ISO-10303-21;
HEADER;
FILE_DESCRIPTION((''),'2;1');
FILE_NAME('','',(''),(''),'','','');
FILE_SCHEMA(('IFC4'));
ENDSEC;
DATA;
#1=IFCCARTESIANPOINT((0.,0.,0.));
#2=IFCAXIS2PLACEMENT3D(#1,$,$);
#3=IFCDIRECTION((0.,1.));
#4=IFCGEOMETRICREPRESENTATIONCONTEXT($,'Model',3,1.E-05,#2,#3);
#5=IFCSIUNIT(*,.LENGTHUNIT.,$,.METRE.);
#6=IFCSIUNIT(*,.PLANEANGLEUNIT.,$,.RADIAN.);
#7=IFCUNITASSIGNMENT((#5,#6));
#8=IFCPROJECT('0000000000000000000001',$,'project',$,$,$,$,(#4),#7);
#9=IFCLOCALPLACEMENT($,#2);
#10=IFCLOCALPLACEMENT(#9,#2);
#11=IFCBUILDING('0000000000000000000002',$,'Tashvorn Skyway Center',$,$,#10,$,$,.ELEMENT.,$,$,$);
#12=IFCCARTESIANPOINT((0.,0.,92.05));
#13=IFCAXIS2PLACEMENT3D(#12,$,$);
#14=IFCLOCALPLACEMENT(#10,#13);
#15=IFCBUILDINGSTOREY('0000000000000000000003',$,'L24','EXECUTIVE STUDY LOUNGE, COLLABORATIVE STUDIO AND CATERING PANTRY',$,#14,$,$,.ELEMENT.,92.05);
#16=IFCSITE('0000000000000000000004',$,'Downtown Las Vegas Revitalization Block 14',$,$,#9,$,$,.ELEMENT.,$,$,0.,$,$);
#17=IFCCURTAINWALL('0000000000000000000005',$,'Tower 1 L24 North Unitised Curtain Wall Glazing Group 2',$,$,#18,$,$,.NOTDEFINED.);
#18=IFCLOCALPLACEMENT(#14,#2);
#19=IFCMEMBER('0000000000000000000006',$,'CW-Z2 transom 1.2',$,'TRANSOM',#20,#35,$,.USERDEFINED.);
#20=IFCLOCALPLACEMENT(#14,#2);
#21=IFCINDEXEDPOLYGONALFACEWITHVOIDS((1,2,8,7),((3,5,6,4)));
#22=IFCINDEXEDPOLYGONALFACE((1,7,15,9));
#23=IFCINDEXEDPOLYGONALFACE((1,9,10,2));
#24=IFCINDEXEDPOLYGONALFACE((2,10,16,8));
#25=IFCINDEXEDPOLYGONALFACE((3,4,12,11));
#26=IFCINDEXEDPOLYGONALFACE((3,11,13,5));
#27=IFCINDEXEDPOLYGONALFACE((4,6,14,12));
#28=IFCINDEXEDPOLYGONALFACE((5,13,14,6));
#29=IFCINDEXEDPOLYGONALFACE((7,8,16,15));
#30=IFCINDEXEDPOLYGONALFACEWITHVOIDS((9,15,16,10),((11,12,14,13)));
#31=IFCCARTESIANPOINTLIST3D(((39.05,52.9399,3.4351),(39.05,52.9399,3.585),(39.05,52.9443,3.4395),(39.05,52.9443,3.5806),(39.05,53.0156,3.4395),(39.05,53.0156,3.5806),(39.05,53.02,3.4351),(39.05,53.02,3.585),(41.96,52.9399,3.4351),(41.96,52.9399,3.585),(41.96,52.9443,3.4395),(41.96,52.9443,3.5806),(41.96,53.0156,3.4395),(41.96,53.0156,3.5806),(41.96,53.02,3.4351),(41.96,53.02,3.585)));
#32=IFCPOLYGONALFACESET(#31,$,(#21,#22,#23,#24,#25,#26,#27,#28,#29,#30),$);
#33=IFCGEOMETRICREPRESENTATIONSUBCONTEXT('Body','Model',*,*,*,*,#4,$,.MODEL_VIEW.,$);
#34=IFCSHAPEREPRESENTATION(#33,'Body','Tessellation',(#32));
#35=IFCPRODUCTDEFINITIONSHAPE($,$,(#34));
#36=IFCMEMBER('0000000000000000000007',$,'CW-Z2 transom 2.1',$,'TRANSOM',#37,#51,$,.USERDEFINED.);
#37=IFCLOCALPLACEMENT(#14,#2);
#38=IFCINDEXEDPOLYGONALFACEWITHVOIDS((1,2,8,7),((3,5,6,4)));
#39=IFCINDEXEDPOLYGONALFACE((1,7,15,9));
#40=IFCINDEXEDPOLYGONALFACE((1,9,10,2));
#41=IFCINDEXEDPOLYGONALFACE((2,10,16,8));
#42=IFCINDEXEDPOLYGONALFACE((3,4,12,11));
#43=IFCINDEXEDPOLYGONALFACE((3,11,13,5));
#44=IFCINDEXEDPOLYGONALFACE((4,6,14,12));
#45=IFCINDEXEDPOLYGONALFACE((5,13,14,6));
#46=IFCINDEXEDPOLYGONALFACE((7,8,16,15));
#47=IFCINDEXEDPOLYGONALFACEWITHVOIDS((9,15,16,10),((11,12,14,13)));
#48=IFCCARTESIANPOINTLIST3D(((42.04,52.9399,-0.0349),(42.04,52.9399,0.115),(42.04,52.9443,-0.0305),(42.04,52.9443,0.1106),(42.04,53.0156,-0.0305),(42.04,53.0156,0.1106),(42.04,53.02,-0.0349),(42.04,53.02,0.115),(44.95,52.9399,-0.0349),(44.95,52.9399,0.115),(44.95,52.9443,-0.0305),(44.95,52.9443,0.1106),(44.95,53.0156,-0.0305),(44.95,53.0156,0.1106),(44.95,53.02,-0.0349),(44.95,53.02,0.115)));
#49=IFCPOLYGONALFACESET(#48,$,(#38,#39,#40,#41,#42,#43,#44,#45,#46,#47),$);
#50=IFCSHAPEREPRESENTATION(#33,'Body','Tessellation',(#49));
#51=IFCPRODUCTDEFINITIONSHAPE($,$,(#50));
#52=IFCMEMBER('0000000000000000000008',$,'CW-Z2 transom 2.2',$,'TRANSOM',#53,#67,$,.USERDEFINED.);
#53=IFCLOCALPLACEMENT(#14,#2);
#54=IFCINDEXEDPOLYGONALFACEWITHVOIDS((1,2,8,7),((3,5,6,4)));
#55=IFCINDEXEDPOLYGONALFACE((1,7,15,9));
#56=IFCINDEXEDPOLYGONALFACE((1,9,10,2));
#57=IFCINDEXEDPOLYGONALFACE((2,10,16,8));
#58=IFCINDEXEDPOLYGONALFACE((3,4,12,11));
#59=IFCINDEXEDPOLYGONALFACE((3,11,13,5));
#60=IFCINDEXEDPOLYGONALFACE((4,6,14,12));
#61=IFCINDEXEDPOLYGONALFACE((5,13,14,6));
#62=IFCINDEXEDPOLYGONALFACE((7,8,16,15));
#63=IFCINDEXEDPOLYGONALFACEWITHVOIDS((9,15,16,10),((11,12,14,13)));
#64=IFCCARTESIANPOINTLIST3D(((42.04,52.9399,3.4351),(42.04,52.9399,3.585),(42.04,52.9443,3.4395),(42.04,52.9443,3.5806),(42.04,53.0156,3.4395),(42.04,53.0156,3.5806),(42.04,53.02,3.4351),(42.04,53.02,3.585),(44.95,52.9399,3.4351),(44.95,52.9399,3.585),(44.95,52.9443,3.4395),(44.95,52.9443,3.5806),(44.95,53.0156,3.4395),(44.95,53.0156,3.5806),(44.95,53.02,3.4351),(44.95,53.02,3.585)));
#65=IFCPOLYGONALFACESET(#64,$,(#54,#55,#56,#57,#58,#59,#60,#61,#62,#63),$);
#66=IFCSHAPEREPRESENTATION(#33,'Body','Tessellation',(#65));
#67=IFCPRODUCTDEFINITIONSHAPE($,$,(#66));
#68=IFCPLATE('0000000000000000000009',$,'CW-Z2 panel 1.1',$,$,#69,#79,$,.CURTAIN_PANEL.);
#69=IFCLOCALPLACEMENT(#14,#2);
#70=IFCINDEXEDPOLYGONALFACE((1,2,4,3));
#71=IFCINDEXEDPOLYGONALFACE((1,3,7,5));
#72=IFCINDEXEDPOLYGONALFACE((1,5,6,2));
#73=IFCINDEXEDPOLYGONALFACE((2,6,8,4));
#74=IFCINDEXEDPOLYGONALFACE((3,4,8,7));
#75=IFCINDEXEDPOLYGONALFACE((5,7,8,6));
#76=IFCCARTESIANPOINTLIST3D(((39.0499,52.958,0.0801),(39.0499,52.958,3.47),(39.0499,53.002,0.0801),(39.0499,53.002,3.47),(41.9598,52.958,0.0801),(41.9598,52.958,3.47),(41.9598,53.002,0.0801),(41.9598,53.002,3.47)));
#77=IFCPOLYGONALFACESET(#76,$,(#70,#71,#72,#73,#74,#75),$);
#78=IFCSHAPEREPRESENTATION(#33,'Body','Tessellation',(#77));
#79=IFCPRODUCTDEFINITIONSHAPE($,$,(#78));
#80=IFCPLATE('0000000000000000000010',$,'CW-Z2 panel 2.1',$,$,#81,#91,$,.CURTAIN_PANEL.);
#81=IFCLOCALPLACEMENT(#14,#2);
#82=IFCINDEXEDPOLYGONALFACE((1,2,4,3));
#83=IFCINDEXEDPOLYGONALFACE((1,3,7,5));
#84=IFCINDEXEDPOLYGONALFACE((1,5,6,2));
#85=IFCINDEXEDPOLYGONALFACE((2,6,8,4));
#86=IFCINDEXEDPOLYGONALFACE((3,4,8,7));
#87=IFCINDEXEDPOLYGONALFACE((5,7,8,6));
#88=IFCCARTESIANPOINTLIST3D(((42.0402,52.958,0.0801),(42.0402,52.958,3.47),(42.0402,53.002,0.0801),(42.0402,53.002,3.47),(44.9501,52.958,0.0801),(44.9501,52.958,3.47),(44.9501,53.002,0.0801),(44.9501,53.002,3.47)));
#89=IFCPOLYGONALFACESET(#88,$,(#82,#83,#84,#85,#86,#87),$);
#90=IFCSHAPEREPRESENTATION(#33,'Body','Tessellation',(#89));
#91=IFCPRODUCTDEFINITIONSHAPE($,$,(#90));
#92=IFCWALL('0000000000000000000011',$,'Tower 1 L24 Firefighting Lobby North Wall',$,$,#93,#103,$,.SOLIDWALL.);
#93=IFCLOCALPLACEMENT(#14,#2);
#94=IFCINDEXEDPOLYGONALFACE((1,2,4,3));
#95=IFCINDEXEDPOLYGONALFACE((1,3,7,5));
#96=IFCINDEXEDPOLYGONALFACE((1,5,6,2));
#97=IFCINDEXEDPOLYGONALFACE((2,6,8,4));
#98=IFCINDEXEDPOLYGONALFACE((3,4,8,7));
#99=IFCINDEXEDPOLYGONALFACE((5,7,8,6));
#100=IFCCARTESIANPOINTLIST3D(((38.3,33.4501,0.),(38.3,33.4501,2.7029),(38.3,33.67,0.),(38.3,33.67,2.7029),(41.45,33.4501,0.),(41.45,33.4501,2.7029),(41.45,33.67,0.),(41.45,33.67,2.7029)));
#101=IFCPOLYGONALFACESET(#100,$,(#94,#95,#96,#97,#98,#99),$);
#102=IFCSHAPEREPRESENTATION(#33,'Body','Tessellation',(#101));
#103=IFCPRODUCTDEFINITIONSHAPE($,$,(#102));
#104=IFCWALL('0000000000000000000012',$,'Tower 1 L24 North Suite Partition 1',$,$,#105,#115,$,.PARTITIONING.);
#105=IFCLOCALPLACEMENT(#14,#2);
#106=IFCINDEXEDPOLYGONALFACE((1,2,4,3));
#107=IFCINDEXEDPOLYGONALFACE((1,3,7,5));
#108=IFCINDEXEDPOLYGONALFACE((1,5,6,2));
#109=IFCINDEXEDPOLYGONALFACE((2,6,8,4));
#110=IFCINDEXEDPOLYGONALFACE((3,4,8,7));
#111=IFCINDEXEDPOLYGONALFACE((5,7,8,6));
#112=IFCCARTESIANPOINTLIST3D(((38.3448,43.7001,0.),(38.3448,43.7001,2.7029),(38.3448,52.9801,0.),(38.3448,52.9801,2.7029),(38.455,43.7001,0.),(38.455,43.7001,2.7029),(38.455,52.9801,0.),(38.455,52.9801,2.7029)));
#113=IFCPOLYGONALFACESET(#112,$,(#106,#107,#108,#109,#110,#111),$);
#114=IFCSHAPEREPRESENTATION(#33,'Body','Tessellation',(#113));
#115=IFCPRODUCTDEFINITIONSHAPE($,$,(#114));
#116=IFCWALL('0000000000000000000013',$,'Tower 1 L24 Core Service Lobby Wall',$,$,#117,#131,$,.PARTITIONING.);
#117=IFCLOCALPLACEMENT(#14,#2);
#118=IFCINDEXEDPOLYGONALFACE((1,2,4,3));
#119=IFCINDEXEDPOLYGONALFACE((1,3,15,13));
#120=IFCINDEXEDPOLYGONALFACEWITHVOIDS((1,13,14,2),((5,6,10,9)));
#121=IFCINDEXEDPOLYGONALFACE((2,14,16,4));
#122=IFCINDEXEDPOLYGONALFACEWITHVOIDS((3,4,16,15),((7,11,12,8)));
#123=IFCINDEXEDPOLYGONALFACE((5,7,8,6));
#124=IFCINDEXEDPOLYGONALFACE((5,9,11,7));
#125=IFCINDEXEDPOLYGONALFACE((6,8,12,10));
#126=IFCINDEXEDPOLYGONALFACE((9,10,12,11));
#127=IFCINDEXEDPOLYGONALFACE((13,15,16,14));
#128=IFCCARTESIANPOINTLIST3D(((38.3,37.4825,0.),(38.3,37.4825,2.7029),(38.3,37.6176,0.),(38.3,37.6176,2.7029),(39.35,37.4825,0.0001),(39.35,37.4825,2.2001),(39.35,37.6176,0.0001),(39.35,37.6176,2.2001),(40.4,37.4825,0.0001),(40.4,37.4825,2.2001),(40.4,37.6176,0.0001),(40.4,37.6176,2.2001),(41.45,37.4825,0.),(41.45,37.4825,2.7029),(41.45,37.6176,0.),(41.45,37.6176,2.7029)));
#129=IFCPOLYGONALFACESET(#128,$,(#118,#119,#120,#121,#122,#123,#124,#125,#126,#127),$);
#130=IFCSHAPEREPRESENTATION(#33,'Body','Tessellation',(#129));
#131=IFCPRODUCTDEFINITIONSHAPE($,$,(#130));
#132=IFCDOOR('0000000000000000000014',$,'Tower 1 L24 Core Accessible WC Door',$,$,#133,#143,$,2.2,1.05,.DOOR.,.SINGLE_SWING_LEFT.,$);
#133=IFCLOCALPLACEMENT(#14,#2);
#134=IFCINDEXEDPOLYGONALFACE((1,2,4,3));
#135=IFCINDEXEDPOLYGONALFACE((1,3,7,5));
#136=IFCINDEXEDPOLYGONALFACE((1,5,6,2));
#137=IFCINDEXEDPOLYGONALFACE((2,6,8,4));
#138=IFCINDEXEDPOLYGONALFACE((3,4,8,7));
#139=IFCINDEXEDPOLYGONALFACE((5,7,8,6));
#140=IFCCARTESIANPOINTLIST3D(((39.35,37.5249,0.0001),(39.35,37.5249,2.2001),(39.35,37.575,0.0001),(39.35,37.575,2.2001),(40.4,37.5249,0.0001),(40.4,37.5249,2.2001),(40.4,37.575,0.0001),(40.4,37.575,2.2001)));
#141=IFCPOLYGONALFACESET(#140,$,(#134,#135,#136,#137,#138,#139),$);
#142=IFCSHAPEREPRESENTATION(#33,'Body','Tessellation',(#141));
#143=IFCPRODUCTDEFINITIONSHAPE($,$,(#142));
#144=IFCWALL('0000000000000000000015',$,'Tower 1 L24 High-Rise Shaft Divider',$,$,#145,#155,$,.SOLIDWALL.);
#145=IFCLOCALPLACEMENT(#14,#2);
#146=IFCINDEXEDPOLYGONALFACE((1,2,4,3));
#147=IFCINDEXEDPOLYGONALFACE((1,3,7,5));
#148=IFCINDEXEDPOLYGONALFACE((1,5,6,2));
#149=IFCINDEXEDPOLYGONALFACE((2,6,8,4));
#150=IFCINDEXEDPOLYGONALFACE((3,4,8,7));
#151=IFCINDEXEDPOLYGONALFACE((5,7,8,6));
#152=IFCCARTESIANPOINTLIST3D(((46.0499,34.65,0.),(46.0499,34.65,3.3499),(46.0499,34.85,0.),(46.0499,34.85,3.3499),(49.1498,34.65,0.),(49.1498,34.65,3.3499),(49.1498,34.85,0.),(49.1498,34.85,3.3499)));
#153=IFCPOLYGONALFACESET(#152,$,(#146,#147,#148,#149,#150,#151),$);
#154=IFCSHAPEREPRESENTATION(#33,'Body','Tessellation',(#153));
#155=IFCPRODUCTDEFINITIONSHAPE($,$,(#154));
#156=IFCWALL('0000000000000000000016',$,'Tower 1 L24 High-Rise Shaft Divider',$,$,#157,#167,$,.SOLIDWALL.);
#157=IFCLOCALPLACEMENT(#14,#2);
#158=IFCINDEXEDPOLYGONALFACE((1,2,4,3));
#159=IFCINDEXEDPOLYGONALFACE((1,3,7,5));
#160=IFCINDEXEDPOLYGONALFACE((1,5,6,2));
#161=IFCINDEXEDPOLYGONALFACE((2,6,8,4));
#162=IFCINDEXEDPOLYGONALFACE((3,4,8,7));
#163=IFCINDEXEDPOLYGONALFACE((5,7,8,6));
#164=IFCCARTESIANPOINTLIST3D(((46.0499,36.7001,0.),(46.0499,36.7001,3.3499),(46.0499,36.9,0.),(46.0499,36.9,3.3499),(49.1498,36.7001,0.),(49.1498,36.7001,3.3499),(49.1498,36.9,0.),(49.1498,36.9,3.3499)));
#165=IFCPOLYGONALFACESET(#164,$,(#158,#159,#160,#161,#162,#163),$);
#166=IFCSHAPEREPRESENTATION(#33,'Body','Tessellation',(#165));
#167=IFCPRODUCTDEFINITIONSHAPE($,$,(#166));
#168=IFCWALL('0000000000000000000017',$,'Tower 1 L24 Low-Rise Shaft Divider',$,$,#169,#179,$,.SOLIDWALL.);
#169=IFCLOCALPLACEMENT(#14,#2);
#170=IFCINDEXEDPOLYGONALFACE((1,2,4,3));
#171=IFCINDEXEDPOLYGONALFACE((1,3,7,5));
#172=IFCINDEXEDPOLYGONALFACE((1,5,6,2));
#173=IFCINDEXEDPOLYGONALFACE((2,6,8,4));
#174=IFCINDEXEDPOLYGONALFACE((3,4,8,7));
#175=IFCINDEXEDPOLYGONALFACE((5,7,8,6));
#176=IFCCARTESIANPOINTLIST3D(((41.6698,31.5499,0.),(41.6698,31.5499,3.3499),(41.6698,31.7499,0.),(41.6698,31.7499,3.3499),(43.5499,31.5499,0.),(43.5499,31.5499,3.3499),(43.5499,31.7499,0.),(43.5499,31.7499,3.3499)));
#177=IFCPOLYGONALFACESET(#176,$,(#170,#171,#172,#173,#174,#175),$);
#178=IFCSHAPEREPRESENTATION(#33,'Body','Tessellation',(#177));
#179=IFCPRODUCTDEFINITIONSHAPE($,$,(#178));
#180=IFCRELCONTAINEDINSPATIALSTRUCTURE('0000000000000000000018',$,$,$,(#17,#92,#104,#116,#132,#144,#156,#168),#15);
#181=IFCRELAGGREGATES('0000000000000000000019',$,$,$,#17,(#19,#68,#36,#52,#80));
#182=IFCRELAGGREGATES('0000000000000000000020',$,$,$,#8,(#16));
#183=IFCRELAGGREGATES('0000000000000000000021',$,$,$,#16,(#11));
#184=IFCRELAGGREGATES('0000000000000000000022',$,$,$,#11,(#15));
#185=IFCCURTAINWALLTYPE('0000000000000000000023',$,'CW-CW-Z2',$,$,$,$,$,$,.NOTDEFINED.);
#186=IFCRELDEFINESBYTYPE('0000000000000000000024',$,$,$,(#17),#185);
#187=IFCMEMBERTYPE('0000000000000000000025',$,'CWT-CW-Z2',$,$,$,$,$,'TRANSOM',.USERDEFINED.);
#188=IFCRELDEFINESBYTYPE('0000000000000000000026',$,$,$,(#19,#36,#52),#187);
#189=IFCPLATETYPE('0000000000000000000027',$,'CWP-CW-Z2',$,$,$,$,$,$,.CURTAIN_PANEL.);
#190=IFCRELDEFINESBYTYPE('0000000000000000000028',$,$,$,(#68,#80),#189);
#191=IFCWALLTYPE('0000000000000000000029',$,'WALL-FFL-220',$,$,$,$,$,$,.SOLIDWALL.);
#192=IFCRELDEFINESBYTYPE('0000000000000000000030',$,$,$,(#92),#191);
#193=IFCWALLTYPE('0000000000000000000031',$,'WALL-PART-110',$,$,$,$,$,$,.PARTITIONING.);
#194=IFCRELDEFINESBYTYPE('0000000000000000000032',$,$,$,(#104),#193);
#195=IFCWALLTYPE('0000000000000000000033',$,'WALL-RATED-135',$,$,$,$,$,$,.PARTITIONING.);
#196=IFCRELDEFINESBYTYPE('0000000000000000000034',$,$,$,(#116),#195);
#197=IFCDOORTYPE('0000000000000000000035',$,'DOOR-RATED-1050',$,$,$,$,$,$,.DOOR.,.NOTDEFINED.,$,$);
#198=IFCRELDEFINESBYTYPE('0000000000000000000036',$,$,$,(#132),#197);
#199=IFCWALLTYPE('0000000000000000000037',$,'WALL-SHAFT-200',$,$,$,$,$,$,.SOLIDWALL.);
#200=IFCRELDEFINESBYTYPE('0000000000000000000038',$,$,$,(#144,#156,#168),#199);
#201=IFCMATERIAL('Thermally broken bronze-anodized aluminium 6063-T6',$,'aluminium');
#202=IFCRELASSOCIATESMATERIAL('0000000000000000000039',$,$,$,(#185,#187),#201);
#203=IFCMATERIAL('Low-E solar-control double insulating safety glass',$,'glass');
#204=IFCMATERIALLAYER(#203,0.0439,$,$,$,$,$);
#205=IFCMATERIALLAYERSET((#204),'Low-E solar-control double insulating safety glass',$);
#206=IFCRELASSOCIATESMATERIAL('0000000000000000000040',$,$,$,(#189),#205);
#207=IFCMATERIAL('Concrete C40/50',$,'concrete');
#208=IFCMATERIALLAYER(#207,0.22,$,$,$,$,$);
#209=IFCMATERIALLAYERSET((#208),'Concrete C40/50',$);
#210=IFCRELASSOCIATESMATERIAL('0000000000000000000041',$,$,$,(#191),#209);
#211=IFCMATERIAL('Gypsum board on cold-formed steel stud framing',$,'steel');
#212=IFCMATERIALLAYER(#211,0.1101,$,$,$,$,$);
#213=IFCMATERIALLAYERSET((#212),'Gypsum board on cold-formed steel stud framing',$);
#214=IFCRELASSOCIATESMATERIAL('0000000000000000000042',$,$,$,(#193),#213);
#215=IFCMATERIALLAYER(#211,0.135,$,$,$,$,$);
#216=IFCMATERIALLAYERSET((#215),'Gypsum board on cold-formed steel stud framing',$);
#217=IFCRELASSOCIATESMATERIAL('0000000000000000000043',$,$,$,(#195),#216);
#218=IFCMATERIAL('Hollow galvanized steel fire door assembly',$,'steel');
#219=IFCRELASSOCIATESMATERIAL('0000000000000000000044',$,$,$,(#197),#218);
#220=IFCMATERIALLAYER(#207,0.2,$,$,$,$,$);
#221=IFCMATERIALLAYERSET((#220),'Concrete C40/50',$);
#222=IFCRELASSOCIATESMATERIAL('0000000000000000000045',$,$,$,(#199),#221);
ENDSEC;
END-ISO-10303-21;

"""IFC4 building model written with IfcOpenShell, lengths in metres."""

from ifc_helpers import new_model, si_unit, direction, frame, frame_2d, origin, origin_2d, place, context, subcontext, project, spatial, rectangle, hollow_rectangle, extrude, material, layer, layer_set, material_profile, profile_set, type_object, element, fill, aggregate, save


model = new_model("IFC4")

# Units and contexts
model_context = context("Model", 3, precision=1e-05, world=origin(), true_north=direction((0.0, 1.0)))
body_context = subcontext(model_context, "Body", "Model", "MODEL_VIEW")
ifc_project = project(units=[si_unit("LENGTHUNIT", "METRE"), si_unit("PLANEANGLEUNIT", "RADIAN")], contexts=[model_context])

# Site, building, storey
site_placement = place(None, origin())
site = spatial("IfcSite", under=ifc_project, at=site_placement, Name="Downtown Las Vegas Revitalization Block 14", CompositionType="ELEMENT", RefElevation=0.0)
building_placement = place(site_placement, origin())
building = spatial("IfcBuilding", under=site, at=building_placement, Name="Tashvorn Skyway Center", CompositionType="ELEMENT")
storey_placement = place(building_placement, frame((0.0, 0.0, 92.05)))
storey = spatial("IfcBuildingStorey", under=building, at=storey_placement, Name="L24", Description="EXECUTIVE STUDY LOUNGE, COLLABORATIVE STUDIO AND CATERING PANTRY", CompositionType="ELEMENT", Elevation=92.05)

# Curtain wall, members, plates
ifc_material_1 = material(Name="Thermally broken bronze-anodized aluminium 6063-T6", Category="aluminium")
curtain_wall_type = type_object("IfcCurtainWallType", Name="CW-CW-Z2", PredefinedType="NOTDEFINED", material=ifc_material_1)
curtain_wall_placement = place(storey_placement, origin())
curtain_wall = element("IfcCurtainWall", 1, at=curtain_wall_placement, inside=storey, type_object=curtain_wall_type, Name="Tower 1 L24 North Unitised Curtain Wall Glazing Group 2", PredefinedType="NOTDEFINED")
ifc_material_profile_1 = material_profile(ifc_material_1, hollow_rectangle(XDim=0.0801, YDim=0.1499, WallThickness=0.0044, at=origin_2d()), Name="ALU-TRAN-80x150")
ifc_profile_set_1 = profile_set([ifc_material_profile_1], Name="Thermally broken bronze-anodized aluminium 6063-T6")
member_type_1 = type_object("IfcMemberType", Name="CWT-CW-Z2", ElementType="TRANSOM", PredefinedType="USERDEFINED", material=ifc_profile_set_1)
member_1_placement = place(storey_placement, frame((39.05, 52.98, 3.51), z_axis=(1.0, 0.0, 0.0), x_axis=(0.0, 1.0, 0.0)))
member_1 = element("IfcMember", 2, at=member_1_placement, type_object=member_type_1, Name="CW-Z2 transom 1.2", ObjectType="TRANSOM", PredefinedType="USERDEFINED", context=body_context, shape_type="SweptSolid", body=[
    extrude(hollow_rectangle(XDim=0.0801, YDim=0.1499, WallThickness=0.0044, at=origin_2d()), origin(), (0.0, 0.0, 1.0), 2.9099),
])
member_2_placement = place(storey_placement, frame((42.04, 52.98, 0.04), z_axis=(1.0, 0.0, 0.0), x_axis=(0.0, 1.0, 0.0)))
member_2 = element("IfcMember", 3, at=member_2_placement, type_object=member_type_1, Name="CW-Z2 transom 2.1", ObjectType="TRANSOM", PredefinedType="USERDEFINED", context=body_context, shape_type="SweptSolid", body=[
    extrude(hollow_rectangle(XDim=0.0801, YDim=0.1499, WallThickness=0.0044, at=origin_2d()), origin(), (0.0, 0.0, 1.0), 2.9099),
])
member_3_placement = place(storey_placement, frame((42.04, 52.98, 3.51), z_axis=(1.0, 0.0, 0.0), x_axis=(0.0, 1.0, 0.0)))
member_3 = element("IfcMember", 4, at=member_3_placement, type_object=member_type_1, Name="CW-Z2 transom 2.2", ObjectType="TRANSOM", PredefinedType="USERDEFINED", context=body_context, shape_type="SweptSolid", body=[
    extrude(hollow_rectangle(XDim=0.0801, YDim=0.1499, WallThickness=0.0044, at=origin_2d()), origin(), (0.0, 0.0, 1.0), 2.9099),
])
ifc_material_2 = material(Name="Low-E solar-control double insulating safety glass", Category="glass")
ifc_layer_1 = layer(ifc_material_2, 0.0439)
ifc_layer_set_1 = layer_set([ifc_layer_1], Name="Low-E solar-control double insulating safety glass")
plate_type = type_object("IfcPlateType", Name="CWP-CW-Z2", PredefinedType="CURTAIN_PANEL", material=ifc_layer_set_1)
plate_1_placement = place(storey_placement, frame((40.5049, 52.98, 0.0801), z_axis=(0.0, 0.0, 1.0), x_axis=(1.0, 0.0, 0.0)))
plate_1 = element("IfcPlate", 5, at=plate_1_placement, type_object=plate_type, Name="CW-Z2 panel 1.1", PredefinedType="CURTAIN_PANEL", context=body_context, shape_type="SweptSolid", body=[
    extrude(rectangle(XDim=2.9099, YDim=0.0439, at=origin_2d()), origin(), (0.0, 0.0, 1.0), 3.3899),
])
plate_2_placement = place(storey_placement, frame((43.4951, 52.98, 0.0801), z_axis=(0.0, 0.0, 1.0), x_axis=(1.0, 0.0, 0.0)))
plate_2 = element("IfcPlate", 6, at=plate_2_placement, type_object=plate_type, Name="CW-Z2 panel 2.1", PredefinedType="CURTAIN_PANEL", context=body_context, shape_type="SweptSolid", body=[
    extrude(rectangle(XDim=2.9099, YDim=0.0439, at=origin_2d()), origin(), (0.0, 0.0, 1.0), 3.3899),
])
aggregate(curtain_wall, [member_1, plate_1, member_2, member_3, plate_2])

# Walls
ifc_material_3 = material(Name="Concrete C40/50", Category="concrete")
ifc_layer_2 = layer(ifc_material_3, 0.22)
ifc_layer_set_2 = layer_set([ifc_layer_2], Name="Concrete C40/50")
wall_type_1 = type_object("IfcWallType", Name="WALL-FFL-220", PredefinedType="SOLIDWALL", material=ifc_layer_set_2)
wall_1_placement = place(storey_placement, frame((38.3, 33.5601, 0.0), z_axis=(0.0, 0.0, 1.0), x_axis=(1.0, 0.0, 0.0)))
element("IfcWall", 7, at=wall_1_placement, inside=storey, type_object=wall_type_1, Name="Tower 1 L24 Firefighting Lobby North Wall", PredefinedType="SOLIDWALL", context=body_context, shape_type="SweptSolid", body=[
    extrude(rectangle(XDim=3.1499, YDim=0.22, at=frame_2d((1.575, 0.0))), origin(), (0.0, 0.0, 1.0), 2.7029),
])
ifc_material_4 = material(Name="Gypsum board on cold-formed steel stud framing", Category="steel")
ifc_layer_3 = layer(ifc_material_4, 0.1101)
ifc_layer_set_3 = layer_set([ifc_layer_3], Name="Gypsum board on cold-formed steel stud framing")
wall_type_2 = type_object("IfcWallType", Name="WALL-PART-110", PredefinedType="PARTITIONING", material=ifc_layer_set_3)
wall_2_placement = place(storey_placement, frame((38.3999, 43.7, 0.0), z_axis=(0.0, 0.0, 1.0), x_axis=(0.0, 1.0, 0.0)))
element("IfcWall", 8, at=wall_2_placement, inside=storey, type_object=wall_type_2, Name="Tower 1 L24 North Suite Partition 1", PredefinedType="PARTITIONING", context=body_context, shape_type="SweptSolid", body=[
    extrude(rectangle(XDim=9.28, YDim=0.1101, at=frame_2d((4.6401, 0.0))), origin(), (0.0, 0.0, 1.0), 2.7029),
])

# Wall, opening, door
ifc_layer_4 = layer(ifc_material_4, 0.135)
ifc_layer_set_4 = layer_set([ifc_layer_4], Name="Gypsum board on cold-formed steel stud framing")
wall_type_3 = type_object("IfcWallType", Name="WALL-RATED-135", PredefinedType="PARTITIONING", material=ifc_layer_set_4)
wall_3_placement = place(storey_placement, frame((38.3, 37.55, 0.0), z_axis=(0.0, 0.0, 1.0), x_axis=(1.0, 0.0, 0.0)))
wall_3 = element("IfcWall", 9, at=wall_3_placement, inside=storey, type_object=wall_type_3, Name="Tower 1 L24 Core Service Lobby Wall", PredefinedType="PARTITIONING", context=body_context, shape_type="SweptSolid", body=[
    extrude(rectangle(XDim=3.1499, YDim=0.135, at=frame_2d((1.575, 0.0))), origin(), (0.0, 0.0, 1.0), 2.7029),
])
opening_1_placement = place(wall_3_placement, frame((1.05, 0.0, 0.0)))
opening_1 = element("IfcOpeningElement", 10, at=opening_1_placement, cuts=wall_3, PredefinedType="OPENING", context=body_context, shape_type="SweptSolid", body=[
    extrude(rectangle(XDim=1.05, YDim=2.2, at=frame_2d((0.5249, 1.1001))), frame((0.0, 0.0774, 0.0), z_axis=(0.0, -1.0, 0.0), x_axis=(1.0, 0.0, 0.0)), (0.0, 0.0, 1.0), 0.155),
])
ifc_material_5 = material(Name="Hollow galvanized steel fire door assembly", Category="steel")
door_type_1 = type_object("IfcDoorType", Name="DOOR-RATED-1050", OperationType="NOTDEFINED", PredefinedType="DOOR", material=ifc_material_5)
door_1_placement = place(opening_1_placement, origin())
door_1 = element("IfcDoor", 11, at=door_1_placement, inside=storey, type_object=door_type_1, Name="Tower 1 L24 Core Accessible WC Door", OperationType="SINGLE_SWING_LEFT", OverallHeight=2.2, OverallWidth=1.05, PredefinedType="DOOR", context=body_context, shape_type="SweptSolid", body=[
    extrude(rectangle(XDim=1.05, YDim=2.2, at=frame_2d((0.5249, 1.1001))), frame((0.0, 0.0249, 0.0), z_axis=(0.0, -1.0, 0.0), x_axis=(1.0, 0.0, 0.0)), (0.0, 0.0, 1.0), 0.05),
])
fill(opening_1, door_1)

# Walls
ifc_layer_5 = layer(ifc_material_3, 0.2)
ifc_layer_set_5 = layer_set([ifc_layer_5], Name="Concrete C40/50")
wall_type_4 = type_object("IfcWallType", Name="WALL-SHAFT-200", PredefinedType="SOLIDWALL", material=ifc_layer_set_5)
for number, where, z_axis, x_axis, name in (
    (12, (46.05, 34.75, 0.0), (0.0, 0.0, 1.0), (1.0, 0.0, 0.0), "Tower 1 L24 High-Rise Shaft Divider"),
    (13, (46.05, 36.8, 0.0), (0.0, 0.0, 1.0), (1.0, 0.0, 0.0), "Tower 1 L24 High-Rise Shaft Divider"),
):
    element("IfcWall", number, at=place(storey_placement, frame(where, z_axis=z_axis, x_axis=x_axis)), inside=storey, type_object=wall_type_4, Name=name, PredefinedType="SOLIDWALL", context=body_context, shape_type="SweptSolid", body=[
        extrude(rectangle(XDim=3.0999, YDim=0.2, at=frame_2d((1.5498, 0.0))), origin(), (0.0, 0.0, 1.0), 3.3499),
    ])
wall_4_placement = place(storey_placement, frame((41.6699, 31.6499, 0.0), z_axis=(0.0, 0.0, 1.0), x_axis=(1.0, 0.0, 0.0)))
element("IfcWall", 14, at=wall_4_placement, inside=storey, type_object=wall_type_4, Name="Tower 1 L24 Low-Rise Shaft Divider", PredefinedType="SOLIDWALL", context=body_context, shape_type="SweptSolid", body=[
    extrude(rectangle(XDim=1.8801, YDim=0.2, at=frame_2d((0.9399, 0.0))), origin(), (0.0, 0.0, 1.0), 3.3499),
])

save(model, "model.ifc")
